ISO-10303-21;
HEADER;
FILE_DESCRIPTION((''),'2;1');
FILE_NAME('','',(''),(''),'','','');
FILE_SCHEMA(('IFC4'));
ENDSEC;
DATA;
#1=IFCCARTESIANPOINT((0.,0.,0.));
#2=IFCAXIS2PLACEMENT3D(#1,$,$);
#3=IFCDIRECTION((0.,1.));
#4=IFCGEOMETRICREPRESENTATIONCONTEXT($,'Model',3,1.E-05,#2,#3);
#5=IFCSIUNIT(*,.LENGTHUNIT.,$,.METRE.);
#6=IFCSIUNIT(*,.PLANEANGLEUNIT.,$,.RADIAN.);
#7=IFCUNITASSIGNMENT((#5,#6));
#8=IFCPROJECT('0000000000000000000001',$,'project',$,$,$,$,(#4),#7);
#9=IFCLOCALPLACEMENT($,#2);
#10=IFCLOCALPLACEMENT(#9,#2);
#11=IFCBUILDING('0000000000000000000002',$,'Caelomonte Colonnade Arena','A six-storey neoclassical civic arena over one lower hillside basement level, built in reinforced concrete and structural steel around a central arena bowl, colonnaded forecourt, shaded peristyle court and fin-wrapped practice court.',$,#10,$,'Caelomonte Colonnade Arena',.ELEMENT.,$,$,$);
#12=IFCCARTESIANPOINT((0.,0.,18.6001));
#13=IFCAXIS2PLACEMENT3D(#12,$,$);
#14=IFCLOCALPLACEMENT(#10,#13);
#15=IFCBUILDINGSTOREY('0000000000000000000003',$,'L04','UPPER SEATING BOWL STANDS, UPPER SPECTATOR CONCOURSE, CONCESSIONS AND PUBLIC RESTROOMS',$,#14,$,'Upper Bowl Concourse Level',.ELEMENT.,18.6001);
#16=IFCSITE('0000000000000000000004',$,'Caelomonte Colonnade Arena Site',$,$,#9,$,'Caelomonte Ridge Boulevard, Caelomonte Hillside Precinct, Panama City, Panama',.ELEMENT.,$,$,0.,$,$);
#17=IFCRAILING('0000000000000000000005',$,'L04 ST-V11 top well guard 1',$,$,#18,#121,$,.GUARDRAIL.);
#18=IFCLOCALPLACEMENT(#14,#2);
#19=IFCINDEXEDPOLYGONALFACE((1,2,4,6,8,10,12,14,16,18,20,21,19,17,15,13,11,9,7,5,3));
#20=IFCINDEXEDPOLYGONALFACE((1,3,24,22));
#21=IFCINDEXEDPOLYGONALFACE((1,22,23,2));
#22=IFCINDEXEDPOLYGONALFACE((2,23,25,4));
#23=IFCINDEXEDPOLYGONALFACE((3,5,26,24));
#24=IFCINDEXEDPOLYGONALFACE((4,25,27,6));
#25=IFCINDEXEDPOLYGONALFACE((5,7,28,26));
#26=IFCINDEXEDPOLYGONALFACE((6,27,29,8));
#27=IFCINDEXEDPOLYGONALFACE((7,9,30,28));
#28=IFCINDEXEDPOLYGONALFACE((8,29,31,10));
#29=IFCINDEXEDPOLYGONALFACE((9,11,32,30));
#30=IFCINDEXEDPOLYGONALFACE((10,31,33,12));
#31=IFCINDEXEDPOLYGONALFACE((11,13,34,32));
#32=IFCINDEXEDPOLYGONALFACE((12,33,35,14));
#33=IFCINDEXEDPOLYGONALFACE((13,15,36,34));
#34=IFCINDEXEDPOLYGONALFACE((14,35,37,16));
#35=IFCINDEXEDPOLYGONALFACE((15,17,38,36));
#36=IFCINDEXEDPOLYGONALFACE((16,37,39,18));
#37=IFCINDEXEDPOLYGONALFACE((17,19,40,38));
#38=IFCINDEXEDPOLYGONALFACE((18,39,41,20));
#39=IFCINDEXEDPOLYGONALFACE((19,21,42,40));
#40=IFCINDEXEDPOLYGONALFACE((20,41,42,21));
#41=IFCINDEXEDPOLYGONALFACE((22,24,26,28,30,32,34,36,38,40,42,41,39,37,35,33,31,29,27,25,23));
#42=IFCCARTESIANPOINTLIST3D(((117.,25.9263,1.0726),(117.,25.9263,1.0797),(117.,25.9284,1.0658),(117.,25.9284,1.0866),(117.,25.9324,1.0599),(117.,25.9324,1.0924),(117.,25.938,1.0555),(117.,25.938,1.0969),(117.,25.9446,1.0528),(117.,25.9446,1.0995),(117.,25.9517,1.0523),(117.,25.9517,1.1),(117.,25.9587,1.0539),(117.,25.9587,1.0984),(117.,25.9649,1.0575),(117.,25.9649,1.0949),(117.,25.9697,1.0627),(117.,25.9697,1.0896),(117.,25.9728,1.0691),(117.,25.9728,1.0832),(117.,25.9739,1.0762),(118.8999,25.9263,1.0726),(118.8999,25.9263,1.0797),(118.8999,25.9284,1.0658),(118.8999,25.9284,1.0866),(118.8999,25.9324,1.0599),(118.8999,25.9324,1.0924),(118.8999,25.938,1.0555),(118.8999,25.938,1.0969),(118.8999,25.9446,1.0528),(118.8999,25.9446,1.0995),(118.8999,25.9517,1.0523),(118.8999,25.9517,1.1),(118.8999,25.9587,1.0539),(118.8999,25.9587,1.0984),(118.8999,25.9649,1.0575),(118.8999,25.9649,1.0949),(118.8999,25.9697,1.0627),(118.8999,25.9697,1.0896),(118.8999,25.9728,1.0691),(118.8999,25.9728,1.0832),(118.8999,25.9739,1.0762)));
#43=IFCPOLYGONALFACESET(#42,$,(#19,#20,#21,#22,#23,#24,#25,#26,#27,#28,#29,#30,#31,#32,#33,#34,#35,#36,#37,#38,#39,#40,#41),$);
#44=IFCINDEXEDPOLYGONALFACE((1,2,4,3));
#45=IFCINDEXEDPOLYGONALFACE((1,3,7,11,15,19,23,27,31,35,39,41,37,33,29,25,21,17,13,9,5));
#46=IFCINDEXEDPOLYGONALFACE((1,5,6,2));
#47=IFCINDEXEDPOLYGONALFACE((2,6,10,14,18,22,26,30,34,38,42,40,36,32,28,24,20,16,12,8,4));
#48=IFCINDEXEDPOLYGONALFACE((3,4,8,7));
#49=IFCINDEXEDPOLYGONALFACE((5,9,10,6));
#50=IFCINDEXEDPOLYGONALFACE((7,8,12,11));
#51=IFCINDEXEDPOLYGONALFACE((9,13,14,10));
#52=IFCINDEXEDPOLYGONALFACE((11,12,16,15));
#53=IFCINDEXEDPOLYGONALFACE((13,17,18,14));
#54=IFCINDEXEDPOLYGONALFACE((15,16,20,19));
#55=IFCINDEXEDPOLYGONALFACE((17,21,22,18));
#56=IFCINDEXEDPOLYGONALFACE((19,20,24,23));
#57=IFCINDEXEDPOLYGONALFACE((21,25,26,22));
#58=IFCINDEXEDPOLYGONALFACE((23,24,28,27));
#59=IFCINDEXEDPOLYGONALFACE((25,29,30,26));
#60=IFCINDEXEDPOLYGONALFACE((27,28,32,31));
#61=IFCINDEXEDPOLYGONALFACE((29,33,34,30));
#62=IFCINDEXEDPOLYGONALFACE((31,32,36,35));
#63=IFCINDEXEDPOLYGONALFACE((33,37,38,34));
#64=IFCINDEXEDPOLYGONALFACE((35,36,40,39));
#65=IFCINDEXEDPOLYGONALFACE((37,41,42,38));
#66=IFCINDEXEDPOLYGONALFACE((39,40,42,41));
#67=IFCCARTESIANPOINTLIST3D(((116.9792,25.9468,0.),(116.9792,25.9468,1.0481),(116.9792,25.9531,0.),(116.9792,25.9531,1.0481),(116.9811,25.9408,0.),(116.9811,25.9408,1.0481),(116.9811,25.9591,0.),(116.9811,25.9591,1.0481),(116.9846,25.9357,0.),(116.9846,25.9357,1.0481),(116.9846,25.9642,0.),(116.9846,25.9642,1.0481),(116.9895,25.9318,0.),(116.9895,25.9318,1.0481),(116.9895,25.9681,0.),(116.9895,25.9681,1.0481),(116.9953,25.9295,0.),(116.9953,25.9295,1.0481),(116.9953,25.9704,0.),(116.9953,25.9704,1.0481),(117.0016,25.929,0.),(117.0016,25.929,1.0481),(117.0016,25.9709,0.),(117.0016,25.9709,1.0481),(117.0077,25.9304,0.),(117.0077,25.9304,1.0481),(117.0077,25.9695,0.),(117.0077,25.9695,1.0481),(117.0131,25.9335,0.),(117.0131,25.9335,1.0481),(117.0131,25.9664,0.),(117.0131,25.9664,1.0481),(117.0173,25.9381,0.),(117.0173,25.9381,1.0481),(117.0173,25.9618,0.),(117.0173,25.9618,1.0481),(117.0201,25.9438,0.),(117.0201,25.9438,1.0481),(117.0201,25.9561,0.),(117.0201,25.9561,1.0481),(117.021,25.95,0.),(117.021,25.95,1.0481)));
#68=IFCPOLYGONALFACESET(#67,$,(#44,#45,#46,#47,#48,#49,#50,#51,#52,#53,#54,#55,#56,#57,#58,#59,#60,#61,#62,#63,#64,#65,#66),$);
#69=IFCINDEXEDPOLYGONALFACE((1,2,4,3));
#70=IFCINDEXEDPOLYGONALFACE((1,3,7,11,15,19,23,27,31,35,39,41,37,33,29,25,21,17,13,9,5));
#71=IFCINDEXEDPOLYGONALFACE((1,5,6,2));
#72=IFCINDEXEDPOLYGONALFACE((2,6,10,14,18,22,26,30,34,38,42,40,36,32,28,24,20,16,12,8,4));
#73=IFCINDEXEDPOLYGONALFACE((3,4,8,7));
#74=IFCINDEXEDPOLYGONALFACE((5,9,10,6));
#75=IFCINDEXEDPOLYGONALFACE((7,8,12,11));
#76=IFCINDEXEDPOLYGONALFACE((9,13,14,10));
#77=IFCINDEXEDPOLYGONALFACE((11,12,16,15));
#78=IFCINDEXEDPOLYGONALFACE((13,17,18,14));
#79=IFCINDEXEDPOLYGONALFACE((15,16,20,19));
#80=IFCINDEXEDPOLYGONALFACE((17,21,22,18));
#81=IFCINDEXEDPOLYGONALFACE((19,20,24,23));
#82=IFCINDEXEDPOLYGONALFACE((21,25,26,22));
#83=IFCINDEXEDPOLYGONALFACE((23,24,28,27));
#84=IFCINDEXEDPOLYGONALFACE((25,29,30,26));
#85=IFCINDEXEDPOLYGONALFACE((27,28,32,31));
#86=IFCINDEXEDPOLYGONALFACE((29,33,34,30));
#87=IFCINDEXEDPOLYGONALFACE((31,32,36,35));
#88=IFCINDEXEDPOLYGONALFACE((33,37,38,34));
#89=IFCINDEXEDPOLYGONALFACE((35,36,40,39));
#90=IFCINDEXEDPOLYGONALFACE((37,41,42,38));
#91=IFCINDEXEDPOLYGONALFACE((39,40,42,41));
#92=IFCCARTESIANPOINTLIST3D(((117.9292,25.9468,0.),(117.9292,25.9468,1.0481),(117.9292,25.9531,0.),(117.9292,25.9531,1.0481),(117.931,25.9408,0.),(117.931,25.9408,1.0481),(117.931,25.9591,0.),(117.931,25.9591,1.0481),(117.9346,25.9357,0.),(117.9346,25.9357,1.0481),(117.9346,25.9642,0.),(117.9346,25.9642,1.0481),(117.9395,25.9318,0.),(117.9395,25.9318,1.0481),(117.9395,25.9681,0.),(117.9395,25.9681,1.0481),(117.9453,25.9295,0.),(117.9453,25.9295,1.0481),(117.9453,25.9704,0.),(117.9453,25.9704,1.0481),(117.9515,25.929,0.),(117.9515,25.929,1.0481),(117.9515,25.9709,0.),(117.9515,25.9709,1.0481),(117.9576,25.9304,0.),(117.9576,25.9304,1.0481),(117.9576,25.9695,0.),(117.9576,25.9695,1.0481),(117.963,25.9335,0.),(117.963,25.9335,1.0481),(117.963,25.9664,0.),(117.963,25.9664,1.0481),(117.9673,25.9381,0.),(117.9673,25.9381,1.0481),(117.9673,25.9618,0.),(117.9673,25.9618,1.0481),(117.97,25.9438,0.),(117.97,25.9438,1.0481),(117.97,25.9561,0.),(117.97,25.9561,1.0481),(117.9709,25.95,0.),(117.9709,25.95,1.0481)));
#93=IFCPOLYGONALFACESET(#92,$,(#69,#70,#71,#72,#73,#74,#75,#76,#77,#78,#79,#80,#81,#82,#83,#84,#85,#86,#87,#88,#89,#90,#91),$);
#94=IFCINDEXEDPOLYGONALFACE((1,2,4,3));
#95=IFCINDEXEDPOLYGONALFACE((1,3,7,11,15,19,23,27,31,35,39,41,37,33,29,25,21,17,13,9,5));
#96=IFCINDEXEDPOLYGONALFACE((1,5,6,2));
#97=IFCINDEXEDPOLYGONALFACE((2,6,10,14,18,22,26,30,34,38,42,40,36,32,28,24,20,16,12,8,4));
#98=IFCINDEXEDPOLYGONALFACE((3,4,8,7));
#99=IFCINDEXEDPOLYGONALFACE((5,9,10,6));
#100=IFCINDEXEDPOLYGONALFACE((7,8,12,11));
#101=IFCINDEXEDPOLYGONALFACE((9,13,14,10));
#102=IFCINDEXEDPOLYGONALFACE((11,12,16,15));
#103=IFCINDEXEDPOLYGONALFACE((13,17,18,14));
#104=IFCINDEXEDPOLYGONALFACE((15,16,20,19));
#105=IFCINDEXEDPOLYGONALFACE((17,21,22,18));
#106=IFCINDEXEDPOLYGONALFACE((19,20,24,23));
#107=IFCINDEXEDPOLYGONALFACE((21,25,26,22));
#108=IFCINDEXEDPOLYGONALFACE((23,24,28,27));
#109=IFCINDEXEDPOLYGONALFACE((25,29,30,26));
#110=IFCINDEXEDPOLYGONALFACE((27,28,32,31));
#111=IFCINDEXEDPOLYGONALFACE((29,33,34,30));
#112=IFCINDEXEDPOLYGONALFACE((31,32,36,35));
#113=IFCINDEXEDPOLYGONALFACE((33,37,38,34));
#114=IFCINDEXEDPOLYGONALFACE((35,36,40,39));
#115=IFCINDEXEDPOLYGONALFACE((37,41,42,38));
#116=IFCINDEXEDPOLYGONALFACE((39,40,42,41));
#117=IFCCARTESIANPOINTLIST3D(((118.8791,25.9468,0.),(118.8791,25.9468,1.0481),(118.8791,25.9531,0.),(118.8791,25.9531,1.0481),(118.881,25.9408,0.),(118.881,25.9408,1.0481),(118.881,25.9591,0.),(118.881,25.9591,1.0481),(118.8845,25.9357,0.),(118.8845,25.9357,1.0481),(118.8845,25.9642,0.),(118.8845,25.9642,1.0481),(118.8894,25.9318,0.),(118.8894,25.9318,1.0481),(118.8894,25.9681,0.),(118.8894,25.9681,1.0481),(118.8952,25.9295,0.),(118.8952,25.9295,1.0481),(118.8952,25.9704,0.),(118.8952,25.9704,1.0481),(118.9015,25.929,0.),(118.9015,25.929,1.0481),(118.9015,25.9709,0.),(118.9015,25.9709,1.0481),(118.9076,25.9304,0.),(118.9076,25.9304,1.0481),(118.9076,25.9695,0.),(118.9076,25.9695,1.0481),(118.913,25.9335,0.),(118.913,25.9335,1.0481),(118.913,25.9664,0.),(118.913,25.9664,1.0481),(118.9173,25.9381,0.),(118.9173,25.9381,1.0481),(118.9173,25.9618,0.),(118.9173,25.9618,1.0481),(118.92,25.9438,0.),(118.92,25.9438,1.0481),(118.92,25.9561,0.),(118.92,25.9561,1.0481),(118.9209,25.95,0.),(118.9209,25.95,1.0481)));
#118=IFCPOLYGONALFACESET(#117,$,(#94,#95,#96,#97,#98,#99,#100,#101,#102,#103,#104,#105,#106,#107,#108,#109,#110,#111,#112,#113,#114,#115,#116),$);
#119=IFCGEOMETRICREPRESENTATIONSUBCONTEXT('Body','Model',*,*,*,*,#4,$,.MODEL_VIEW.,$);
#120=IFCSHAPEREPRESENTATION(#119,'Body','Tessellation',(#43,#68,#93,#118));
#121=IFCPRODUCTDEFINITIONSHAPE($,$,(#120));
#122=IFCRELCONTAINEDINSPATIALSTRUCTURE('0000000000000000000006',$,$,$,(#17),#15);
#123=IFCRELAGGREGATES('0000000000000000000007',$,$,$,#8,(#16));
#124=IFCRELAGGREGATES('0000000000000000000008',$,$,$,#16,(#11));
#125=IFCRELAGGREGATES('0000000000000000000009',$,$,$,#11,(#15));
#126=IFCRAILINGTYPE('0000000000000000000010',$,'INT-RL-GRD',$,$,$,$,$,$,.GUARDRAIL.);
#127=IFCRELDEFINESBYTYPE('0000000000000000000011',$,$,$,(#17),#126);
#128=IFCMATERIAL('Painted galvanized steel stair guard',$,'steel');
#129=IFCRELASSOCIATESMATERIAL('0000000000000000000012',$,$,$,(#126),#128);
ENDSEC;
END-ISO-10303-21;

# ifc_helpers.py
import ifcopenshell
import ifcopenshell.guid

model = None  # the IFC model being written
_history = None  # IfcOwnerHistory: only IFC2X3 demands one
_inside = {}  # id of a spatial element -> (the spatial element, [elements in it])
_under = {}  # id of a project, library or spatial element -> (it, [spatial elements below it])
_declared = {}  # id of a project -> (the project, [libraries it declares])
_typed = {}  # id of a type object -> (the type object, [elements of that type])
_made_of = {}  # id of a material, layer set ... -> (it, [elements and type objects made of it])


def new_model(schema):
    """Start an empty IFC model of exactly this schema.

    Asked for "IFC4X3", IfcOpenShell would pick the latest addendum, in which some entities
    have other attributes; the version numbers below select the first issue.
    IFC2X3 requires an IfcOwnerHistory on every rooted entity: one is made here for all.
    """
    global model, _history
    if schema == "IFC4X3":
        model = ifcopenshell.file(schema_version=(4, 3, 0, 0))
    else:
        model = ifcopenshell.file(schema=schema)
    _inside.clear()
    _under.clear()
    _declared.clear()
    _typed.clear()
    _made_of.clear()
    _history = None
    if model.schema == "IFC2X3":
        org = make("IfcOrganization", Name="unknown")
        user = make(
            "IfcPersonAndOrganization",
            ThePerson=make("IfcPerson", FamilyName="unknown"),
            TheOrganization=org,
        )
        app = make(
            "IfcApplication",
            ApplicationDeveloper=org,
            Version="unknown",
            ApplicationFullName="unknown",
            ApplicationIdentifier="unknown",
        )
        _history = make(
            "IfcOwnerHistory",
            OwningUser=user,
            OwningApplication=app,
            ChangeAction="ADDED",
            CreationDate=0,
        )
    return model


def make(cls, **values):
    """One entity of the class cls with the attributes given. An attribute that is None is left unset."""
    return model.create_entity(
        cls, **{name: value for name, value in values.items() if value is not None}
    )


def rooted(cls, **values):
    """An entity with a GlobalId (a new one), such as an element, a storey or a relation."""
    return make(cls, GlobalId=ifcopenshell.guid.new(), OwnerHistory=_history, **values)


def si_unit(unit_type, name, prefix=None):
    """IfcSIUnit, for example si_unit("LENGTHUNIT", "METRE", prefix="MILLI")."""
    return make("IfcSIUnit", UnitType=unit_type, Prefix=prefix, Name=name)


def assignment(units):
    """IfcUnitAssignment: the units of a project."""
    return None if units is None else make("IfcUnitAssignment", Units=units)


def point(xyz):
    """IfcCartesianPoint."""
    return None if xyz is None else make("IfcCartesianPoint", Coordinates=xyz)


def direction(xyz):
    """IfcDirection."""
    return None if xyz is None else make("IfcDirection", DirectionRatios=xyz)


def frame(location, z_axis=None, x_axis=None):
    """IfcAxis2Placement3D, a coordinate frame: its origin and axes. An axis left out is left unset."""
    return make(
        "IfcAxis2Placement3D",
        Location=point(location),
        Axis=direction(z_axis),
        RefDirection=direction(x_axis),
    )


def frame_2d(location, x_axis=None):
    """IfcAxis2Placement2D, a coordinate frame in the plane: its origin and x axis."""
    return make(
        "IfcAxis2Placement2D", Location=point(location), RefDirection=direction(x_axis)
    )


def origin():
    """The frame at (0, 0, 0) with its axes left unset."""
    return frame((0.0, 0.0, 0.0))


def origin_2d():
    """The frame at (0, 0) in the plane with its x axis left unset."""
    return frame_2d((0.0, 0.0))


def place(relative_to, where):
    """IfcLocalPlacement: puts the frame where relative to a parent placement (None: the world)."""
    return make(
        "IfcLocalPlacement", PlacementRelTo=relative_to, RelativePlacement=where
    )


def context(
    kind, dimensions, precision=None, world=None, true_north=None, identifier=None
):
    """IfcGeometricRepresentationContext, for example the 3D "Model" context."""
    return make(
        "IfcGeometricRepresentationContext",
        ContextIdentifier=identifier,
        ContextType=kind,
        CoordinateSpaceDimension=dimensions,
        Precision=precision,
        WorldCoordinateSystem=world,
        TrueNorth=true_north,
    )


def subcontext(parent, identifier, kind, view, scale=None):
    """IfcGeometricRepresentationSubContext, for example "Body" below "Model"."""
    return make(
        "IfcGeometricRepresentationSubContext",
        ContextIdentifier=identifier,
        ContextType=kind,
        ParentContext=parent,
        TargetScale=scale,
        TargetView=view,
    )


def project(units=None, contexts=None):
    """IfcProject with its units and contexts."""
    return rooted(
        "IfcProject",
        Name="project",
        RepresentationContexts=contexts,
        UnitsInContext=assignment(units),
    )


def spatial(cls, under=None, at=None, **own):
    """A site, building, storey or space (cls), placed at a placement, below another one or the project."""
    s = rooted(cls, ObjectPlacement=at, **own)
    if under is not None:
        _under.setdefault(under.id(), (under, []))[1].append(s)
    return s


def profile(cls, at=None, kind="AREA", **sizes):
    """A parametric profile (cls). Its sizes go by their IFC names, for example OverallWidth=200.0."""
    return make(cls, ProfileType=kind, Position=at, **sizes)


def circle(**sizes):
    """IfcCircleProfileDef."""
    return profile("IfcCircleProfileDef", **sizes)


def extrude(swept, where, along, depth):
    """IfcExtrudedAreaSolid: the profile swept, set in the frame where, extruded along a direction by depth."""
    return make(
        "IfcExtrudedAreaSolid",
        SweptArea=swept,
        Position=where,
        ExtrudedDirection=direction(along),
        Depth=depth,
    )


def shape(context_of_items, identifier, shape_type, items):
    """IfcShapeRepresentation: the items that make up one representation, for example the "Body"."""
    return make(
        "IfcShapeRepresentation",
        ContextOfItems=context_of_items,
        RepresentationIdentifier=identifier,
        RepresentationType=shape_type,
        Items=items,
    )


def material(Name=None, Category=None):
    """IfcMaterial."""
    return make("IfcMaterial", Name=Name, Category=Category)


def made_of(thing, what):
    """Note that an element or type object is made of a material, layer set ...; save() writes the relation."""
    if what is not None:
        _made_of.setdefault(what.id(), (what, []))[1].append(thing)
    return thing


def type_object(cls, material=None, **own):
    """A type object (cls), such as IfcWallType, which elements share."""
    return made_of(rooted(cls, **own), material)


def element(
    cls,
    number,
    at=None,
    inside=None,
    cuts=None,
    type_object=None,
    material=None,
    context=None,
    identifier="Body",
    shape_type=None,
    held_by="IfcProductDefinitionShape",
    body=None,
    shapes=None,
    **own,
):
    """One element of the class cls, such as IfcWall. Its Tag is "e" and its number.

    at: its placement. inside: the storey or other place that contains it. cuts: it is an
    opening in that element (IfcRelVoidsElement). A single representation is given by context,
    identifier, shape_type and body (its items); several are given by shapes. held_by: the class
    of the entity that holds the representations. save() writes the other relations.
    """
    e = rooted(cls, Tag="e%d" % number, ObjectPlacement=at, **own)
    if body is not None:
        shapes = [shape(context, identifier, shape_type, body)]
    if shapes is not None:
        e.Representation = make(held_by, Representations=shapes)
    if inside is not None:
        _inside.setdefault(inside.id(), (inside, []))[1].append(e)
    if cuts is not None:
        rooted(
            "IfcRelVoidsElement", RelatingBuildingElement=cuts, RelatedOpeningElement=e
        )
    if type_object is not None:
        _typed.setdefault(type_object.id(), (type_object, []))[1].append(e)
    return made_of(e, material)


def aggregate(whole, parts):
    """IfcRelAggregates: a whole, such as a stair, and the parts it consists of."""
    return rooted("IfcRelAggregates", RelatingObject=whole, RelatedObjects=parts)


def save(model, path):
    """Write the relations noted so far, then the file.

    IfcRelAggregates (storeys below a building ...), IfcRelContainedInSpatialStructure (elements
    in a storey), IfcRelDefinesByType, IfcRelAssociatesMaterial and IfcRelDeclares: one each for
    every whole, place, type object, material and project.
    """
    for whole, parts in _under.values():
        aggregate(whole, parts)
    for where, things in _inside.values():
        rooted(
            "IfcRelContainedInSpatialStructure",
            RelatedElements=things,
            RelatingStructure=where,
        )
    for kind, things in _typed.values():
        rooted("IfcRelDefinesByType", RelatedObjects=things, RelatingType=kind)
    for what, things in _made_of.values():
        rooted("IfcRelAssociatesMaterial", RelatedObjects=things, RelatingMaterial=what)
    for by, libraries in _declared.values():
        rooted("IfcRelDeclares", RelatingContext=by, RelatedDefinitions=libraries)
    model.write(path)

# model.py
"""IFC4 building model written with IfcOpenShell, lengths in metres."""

from ifc_helpers import new_model, si_unit, direction, frame, origin, origin_2d, place, context, subcontext, project, spatial, circle, extrude, material, type_object, element, save


model = new_model("IFC4")

# Units and contexts
model_context = context("Model", 3, precision=1e-05, world=origin(), true_north=direction((0.0, 1.0)))
body_context = subcontext(model_context, "Body", "Model", "MODEL_VIEW")
ifc_project = project(units=[si_unit("LENGTHUNIT", "METRE"), si_unit("PLANEANGLEUNIT", "RADIAN")], contexts=[model_context])

# Site, building, storey
site_placement = place(None, origin())
site = spatial("IfcSite", under=ifc_project, at=site_placement, Name="Caelomonte Colonnade Arena Site", LongName="Caelomonte Ridge Boulevard, Caelomonte Hillside Precinct, Panama City, Panama", CompositionType="ELEMENT", RefElevation=0.0)
building_placement = place(site_placement, origin())
building = spatial("IfcBuilding", under=site, at=building_placement, Name="Caelomonte Colonnade Arena", Description="A six-storey neoclassical civic arena over one lower hillside basement level, built in reinforced concrete and structural steel around a central arena bowl, colonnaded forecourt, shaded peristyle court and fin-wrapped practice court.", LongName="Caelomonte Colonnade Arena", CompositionType="ELEMENT")
storey_placement = place(building_placement, frame((0.0, 0.0, 18.6001)))
storey = spatial("IfcBuildingStorey", under=building, at=storey_placement, Name="L04", Description="UPPER SEATING BOWL STANDS, UPPER SPECTATOR CONCOURSE, CONCESSIONS AND PUBLIC RESTROOMS", LongName="Upper Bowl Concourse Level", CompositionType="ELEMENT", Elevation=18.6001)

# Railing
ifc_material_1 = material(Name="Painted galvanized steel stair guard", Category="steel")
railing_type_1 = type_object("IfcRailingType", Name="INT-RL-GRD", PredefinedType="GUARDRAIL", material=ifc_material_1)
railing_1_placement = place(storey_placement, frame((117.0, 25.95, 0.0)))
element("IfcRailing", 1, at=railing_1_placement, inside=storey, type_object=railing_type_1, Name="L04 ST-V11 top well guard 1", PredefinedType="GUARDRAIL", context=body_context, shape_type="SweptSolid", body=[
    extrude(circle(Radius=0.0239, at=origin_2d()), frame((0.0, 0.0, 1.0762), z_axis=(1.0, 0.0, 0.0), x_axis=(0.0, 1.0, 0.0)), (0.0, 0.0, 1.0), 1.8999),
    extrude(circle(Radius=0.021, at=origin_2d()), origin(), (0.0, 0.0, 1.0), 1.0481),
    extrude(circle(Radius=0.021, at=origin_2d()), frame((0.95, 0.0, 0.0)), (0.0, 0.0, 1.0), 1.0481),
    extrude(circle(Radius=0.021, at=origin_2d()), frame((1.8999, 0.0, 0.0)), (0.0, 0.0, 1.0), 1.0481),
])

save(model, "model.ifc")
